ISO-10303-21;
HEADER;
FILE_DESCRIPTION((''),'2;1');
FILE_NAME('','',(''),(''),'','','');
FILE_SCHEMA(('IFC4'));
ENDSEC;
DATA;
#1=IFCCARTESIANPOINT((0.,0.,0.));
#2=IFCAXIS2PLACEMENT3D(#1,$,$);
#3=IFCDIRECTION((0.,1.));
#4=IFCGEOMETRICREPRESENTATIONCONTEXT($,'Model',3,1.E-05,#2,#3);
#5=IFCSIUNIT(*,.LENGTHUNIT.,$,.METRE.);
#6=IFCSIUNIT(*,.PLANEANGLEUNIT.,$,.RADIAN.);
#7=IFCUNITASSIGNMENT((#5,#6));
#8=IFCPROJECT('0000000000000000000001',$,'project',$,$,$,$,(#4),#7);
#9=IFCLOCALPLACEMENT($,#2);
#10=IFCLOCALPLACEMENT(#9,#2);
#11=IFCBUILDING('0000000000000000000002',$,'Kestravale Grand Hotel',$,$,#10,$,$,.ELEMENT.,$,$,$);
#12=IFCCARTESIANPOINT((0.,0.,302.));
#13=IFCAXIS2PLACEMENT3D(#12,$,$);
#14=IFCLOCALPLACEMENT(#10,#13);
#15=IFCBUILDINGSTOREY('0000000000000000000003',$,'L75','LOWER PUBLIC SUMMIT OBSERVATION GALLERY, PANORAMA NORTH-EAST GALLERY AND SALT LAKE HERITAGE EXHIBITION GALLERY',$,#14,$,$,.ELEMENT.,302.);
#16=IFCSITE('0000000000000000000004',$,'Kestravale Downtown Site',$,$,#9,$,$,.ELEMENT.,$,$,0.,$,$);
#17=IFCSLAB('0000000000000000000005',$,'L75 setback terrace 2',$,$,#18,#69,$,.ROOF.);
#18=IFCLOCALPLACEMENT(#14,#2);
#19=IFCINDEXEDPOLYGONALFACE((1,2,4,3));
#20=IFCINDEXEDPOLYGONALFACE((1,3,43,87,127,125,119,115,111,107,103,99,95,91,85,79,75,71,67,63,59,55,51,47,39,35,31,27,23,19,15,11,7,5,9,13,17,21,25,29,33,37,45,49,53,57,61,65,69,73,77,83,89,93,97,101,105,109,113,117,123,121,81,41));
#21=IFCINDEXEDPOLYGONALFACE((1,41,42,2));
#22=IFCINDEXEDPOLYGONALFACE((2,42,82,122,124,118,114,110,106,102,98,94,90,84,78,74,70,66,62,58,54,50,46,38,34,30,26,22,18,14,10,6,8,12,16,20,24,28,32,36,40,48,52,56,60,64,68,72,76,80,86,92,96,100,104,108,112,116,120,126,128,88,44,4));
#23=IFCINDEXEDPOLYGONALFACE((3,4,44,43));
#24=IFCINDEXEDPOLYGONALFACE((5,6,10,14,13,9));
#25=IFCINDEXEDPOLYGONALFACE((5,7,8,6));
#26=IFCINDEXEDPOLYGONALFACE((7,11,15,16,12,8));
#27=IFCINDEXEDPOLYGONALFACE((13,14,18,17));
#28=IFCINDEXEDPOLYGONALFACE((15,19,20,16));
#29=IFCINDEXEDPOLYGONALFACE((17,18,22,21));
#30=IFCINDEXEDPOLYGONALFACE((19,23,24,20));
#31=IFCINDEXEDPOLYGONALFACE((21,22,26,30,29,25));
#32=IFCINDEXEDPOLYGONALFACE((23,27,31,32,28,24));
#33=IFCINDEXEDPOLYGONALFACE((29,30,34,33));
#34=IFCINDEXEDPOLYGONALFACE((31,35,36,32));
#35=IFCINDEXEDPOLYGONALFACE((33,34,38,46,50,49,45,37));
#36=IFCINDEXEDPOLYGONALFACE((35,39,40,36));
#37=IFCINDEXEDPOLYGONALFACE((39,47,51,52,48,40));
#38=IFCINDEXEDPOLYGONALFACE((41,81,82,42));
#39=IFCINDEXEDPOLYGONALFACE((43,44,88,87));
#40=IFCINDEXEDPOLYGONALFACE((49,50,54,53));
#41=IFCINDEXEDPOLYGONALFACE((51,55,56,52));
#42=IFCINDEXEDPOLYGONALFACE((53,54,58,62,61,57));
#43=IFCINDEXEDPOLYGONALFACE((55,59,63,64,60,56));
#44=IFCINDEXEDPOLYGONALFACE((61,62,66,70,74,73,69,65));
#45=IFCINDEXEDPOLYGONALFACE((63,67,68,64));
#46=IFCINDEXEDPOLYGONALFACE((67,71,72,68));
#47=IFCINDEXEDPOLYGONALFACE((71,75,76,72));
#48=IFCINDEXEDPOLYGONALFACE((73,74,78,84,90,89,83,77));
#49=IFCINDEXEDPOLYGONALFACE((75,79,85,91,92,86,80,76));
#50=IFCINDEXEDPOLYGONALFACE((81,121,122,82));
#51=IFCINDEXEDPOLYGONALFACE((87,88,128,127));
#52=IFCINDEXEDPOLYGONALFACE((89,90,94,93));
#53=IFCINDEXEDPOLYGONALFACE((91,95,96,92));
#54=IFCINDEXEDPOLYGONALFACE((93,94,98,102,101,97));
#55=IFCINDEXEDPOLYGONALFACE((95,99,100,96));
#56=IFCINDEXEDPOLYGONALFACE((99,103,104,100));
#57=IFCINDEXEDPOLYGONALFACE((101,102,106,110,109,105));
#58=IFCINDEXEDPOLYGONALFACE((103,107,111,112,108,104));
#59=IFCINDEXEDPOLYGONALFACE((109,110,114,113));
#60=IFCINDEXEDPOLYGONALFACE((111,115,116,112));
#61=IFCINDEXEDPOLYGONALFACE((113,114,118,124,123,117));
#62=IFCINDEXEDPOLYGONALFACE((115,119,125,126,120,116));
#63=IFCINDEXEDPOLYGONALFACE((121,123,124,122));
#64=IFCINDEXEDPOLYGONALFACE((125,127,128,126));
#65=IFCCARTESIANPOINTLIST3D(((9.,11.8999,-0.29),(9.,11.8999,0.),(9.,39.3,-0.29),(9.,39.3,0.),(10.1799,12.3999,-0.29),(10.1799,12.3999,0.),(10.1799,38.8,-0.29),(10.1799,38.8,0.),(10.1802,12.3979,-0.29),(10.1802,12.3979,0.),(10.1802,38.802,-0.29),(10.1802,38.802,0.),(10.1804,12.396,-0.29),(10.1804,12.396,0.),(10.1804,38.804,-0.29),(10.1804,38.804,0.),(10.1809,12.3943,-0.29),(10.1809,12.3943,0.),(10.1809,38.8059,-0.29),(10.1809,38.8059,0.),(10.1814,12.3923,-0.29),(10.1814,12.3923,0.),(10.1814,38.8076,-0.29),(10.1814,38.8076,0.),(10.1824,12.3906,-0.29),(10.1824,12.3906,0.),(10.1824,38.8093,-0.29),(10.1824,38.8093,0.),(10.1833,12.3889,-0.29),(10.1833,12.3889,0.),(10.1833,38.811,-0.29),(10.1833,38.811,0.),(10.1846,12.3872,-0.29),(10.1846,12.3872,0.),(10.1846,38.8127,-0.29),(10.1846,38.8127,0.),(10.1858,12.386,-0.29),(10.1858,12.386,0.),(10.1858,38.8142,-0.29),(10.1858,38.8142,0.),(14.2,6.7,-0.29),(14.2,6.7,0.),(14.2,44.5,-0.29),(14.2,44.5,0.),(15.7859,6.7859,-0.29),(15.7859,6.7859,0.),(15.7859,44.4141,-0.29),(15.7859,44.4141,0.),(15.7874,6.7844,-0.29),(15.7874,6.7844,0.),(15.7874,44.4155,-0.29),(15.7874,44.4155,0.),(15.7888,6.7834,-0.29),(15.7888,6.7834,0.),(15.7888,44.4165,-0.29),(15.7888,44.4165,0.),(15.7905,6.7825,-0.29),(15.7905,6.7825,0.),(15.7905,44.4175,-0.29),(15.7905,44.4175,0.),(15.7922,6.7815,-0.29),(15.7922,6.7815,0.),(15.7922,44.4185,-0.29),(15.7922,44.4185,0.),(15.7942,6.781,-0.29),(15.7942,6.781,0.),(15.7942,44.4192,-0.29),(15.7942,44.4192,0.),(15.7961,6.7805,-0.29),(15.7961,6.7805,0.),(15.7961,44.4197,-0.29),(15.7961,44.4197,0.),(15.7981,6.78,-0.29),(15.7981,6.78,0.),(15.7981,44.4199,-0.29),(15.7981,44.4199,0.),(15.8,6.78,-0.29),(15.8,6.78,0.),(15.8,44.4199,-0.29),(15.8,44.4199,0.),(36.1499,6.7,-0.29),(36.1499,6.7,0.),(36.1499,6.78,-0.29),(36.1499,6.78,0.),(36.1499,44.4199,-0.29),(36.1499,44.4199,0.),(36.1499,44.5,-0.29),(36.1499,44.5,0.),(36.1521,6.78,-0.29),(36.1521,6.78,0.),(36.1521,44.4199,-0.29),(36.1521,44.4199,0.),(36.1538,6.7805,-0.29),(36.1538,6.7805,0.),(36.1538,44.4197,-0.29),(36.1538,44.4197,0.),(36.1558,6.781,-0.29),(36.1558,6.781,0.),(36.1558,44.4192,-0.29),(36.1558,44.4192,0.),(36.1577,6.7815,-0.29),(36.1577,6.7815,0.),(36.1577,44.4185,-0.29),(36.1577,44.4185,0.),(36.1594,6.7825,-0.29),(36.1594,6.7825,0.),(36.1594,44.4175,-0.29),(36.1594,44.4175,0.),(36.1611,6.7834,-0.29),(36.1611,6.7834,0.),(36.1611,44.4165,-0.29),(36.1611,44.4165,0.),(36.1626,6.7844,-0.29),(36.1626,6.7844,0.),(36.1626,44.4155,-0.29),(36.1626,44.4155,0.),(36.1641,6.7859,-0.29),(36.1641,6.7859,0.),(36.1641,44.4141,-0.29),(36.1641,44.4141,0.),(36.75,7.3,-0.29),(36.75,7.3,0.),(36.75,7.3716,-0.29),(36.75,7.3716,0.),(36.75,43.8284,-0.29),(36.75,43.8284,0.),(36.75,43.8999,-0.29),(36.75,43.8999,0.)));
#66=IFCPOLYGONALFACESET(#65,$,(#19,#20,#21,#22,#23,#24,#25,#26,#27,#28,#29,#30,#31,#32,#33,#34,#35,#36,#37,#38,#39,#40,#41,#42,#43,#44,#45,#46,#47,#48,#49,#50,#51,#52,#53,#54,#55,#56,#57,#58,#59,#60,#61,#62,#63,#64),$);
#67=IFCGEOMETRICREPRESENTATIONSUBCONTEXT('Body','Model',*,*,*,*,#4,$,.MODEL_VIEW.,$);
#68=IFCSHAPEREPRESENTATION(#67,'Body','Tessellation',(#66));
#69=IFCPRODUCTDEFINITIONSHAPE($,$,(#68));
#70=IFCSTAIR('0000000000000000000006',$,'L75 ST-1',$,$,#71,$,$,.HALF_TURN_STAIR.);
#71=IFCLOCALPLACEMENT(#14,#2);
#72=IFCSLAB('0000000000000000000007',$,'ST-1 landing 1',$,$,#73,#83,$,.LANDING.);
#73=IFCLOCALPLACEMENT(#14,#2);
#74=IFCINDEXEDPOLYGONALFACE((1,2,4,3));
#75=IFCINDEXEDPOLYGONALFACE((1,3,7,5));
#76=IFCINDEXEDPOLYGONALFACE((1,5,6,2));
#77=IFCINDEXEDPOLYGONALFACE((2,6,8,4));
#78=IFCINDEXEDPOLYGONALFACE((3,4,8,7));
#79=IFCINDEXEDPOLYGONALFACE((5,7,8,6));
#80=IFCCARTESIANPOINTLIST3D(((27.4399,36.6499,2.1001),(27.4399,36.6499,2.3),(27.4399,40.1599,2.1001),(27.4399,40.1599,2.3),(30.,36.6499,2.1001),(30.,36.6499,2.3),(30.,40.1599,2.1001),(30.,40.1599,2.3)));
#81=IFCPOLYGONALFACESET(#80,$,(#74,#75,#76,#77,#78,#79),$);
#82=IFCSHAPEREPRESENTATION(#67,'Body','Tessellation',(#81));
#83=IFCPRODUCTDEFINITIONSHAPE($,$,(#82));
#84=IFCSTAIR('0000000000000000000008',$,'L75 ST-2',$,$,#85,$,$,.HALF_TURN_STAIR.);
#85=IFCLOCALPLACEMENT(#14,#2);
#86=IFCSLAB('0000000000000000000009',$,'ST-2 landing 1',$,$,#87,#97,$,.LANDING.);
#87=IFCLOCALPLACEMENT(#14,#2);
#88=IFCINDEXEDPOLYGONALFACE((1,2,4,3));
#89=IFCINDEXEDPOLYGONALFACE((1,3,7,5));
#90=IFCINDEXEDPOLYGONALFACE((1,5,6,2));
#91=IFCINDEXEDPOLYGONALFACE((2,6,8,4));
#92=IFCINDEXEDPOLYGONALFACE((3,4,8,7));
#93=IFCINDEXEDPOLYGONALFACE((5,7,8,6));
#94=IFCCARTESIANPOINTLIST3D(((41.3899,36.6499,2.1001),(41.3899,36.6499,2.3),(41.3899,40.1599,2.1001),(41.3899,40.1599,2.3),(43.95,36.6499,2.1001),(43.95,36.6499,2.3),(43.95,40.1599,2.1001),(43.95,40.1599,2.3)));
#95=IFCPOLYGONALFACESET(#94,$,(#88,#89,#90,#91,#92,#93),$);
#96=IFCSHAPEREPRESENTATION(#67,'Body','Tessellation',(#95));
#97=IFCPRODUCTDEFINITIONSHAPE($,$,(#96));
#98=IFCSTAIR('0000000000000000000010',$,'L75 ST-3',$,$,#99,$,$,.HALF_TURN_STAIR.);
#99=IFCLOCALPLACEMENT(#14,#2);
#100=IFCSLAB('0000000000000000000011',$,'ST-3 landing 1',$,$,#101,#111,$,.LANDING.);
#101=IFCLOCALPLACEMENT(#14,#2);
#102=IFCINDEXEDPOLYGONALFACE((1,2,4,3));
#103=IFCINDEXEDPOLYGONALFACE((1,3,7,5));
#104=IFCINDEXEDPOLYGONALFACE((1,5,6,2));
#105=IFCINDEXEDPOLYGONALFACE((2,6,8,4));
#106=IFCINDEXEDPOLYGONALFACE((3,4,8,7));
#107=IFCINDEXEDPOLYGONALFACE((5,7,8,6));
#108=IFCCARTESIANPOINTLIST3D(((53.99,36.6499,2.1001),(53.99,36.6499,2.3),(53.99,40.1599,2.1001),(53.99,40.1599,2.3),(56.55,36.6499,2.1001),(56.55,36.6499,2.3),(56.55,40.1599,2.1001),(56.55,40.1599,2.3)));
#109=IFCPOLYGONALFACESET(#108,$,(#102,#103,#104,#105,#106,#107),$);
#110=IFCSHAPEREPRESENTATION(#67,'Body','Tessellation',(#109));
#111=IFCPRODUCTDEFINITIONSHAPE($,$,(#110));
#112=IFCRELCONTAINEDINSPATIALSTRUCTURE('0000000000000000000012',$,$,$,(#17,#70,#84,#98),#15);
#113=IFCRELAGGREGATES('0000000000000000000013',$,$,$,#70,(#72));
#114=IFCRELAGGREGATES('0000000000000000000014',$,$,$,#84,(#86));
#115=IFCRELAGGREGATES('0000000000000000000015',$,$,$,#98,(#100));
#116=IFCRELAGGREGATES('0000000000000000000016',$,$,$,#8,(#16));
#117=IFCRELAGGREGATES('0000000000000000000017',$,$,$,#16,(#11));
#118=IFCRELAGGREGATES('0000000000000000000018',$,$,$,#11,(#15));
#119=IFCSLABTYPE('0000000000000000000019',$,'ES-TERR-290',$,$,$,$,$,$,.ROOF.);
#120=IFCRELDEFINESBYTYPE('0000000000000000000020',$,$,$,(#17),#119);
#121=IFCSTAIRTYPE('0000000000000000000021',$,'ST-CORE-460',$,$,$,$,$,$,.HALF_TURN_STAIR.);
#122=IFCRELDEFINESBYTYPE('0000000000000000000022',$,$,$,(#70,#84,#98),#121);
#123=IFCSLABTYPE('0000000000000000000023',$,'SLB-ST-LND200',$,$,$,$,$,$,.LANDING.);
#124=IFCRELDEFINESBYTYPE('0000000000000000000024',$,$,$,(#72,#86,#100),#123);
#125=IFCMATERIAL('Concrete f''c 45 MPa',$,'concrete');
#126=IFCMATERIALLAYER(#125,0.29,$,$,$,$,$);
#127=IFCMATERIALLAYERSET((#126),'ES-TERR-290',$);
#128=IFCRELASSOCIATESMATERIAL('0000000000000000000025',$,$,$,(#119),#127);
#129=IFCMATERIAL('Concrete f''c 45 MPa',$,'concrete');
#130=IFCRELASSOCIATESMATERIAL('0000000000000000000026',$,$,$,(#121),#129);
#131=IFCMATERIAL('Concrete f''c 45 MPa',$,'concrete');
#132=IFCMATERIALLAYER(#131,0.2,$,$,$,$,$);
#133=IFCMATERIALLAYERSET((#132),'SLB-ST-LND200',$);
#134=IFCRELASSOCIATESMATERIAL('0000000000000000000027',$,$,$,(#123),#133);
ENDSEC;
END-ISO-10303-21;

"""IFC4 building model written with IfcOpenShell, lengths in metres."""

from ifc_helpers import new_model, si_unit, direction, frame, origin, place, context, subcontext, project, spatial, polyline, outline, extrude, material, layer, layer_set, type_object, element, aggregate, save


model = new_model("IFC4")

# Units and contexts
model_context = context("Model", 3, precision=1e-05, world=origin(), true_north=direction((0.0, 1.0)))
body_context = subcontext(model_context, "Body", "Model", "MODEL_VIEW")
ifc_project = project(units=[si_unit("LENGTHUNIT", "METRE"), si_unit("PLANEANGLEUNIT", "RADIAN")], contexts=[model_context])

# Site, building, storey
site_placement = place(None, origin())
site = spatial("IfcSite", under=ifc_project, at=site_placement, Name="Kestravale Downtown Site", CompositionType="ELEMENT", RefElevation=0.0)
building_placement = place(site_placement, origin())
building = spatial("IfcBuilding", under=site, at=building_placement, Name="Kestravale Grand Hotel", CompositionType="ELEMENT")
storey_placement = place(building_placement, frame((0.0, 0.0, 302.0)))
storey = spatial("IfcBuildingStorey", under=building, at=storey_placement, Name="L75", Description="LOWER PUBLIC SUMMIT OBSERVATION GALLERY, PANORAMA NORTH-EAST GALLERY AND SALT LAKE HERITAGE EXHIBITION GALLERY", CompositionType="ELEMENT", Elevation=302.0)

# Slab
ifc_material_1 = material(Name="Concrete f'c 45 MPa", Category="concrete")
ifc_layer_1 = layer(ifc_material_1, 0.29)
ifc_layer_set_1 = layer_set([ifc_layer_1], Name="ES-TERR-290")
slab_type_1 = type_object("IfcSlabType", Name="ES-TERR-290", PredefinedType="ROOF", material=ifc_layer_set_1)
slab_1_placement = place(storey_placement, frame((0.0, 0.0, -0.29)))
element("IfcSlab", 1, at=slab_1_placement, inside=storey, type_object=slab_type_1, Name="L75 setback terrace 2", PredefinedType="ROOF", context=body_context, shape_type="SweptSolid", body=[
    extrude(outline(polyline([(36.75, 7.3), (36.1499, 6.7), (14.2, 6.7), (9.0, 11.8999), (9.0, 39.3), (14.2, 44.5), (36.1499, 44.5), (36.75, 43.8999), (36.75, 43.8284), (36.1641, 44.4141), (36.1626, 44.4155), (36.1611, 44.4165), (36.1594, 44.4175), (36.1577, 44.4185), (36.1558, 44.4192), (36.1538, 44.4197), (36.1521, 44.4199), (36.1499, 44.4199), (15.8, 44.4199), (15.7981, 44.4199), (15.7961, 44.4197), (15.7942, 44.4192), (15.7922, 44.4185), (15.7905, 44.4175), (15.7888, 44.4165), (15.7874, 44.4155), (15.7859, 44.4141), (10.1858, 38.8142), (10.1846, 38.8127), (10.1833, 38.811), (10.1824, 38.8093), (10.1814, 38.8076), (10.1809, 38.8059), (10.1804, 38.804), (10.1802, 38.802), (10.1799, 38.8), (10.1799, 12.3999), (10.1802, 12.3979), (10.1804, 12.396), (10.1809, 12.3943), (10.1814, 12.3923), (10.1824, 12.3906), (10.1833, 12.3889), (10.1846, 12.3872), (10.1858, 12.386), (15.7859, 6.7859), (15.7874, 6.7844), (15.7888, 6.7834), (15.7905, 6.7825), (15.7922, 6.7815), (15.7942, 6.781), (15.7961, 6.7805), (15.7981, 6.78), (15.8, 6.78), (36.1499, 6.78), (36.1521, 6.78), (36.1538, 6.7805), (36.1558, 6.781), (36.1577, 6.7815), (36.1594, 6.7825), (36.1611, 6.7834), (36.1626, 6.7844), (36.1641, 6.7859), (36.75, 7.3716), (36.75, 7.3)])), origin(), (0.0, 0.0, 1.0), 0.29),
])

# Stairs, slabs
ifc_material_2 = material(Name="Concrete f'c 45 MPa", Category="concrete")
stair_type = type_object("IfcStairType", Name="ST-CORE-460", PredefinedType="HALF_TURN_STAIR", material=ifc_material_2)
stair_1_placement = place(storey_placement, origin())
stair_1 = element("IfcStair", 2, at=stair_1_placement, inside=storey, type_object=stair_type, Name="L75 ST-1", PredefinedType="HALF_TURN_STAIR")
ifc_material_3 = material(Name="Concrete f'c 45 MPa", Category="concrete")
ifc_layer_2 = layer(ifc_material_3, 0.2)
ifc_layer_set_2 = layer_set([ifc_layer_2], Name="SLB-ST-LND200")
slab_type_2 = type_object("IfcSlabType", Name="SLB-ST-LND200", PredefinedType="LANDING", material=ifc_layer_set_2)
slab_2_placement = place(storey_placement, frame((0.0, 0.0, 2.1001)))
slab_2 = element("IfcSlab", 3, at=slab_2_placement, type_object=slab_type_2, Name="ST-1 landing 1", PredefinedType="LANDING", context=body_context, shape_type="SweptSolid", body=[
    extrude(outline(polyline([(27.4399, 36.6499), (30.0, 36.6499), (30.0, 40.1599), (27.4399, 40.1599), (27.4399, 36.6499)])), origin(), (0.0, 0.0, 1.0), 0.2),
])
aggregate(stair_1, [slab_2])
stair_2_placement = place(storey_placement, origin())
stair_2 = element("IfcStair", 4, at=stair_2_placement, inside=storey, type_object=stair_type, Name="L75 ST-2", PredefinedType="HALF_TURN_STAIR")
slab_3_placement = place(storey_placement, frame((0.0, 0.0, 2.1001)))
slab_3 = element("IfcSlab", 5, at=slab_3_placement, type_object=slab_type_2, Name="ST-2 landing 1", PredefinedType="LANDING", context=body_context, shape_type="SweptSolid", body=[
    extrude(outline(polyline([(41.3899, 36.6499), (43.95, 36.6499), (43.95, 40.1599), (41.3899, 40.1599), (41.3899, 36.6499)])), origin(), (0.0, 0.0, 1.0), 0.2),
])
aggregate(stair_2, [slab_3])
stair_3_placement = place(storey_placement, origin())
stair_3 = element("IfcStair", 6, at=stair_3_placement, inside=storey, type_object=stair_type, Name="L75 ST-3", PredefinedType="HALF_TURN_STAIR")
slab_4_placement = place(storey_placement, frame((0.0, 0.0, 2.1001)))
slab_4 = element("IfcSlab", 7, at=slab_4_placement, type_object=slab_type_2, Name="ST-3 landing 1", PredefinedType="LANDING", context=body_context, shape_type="SweptSolid", body=[
    extrude(outline(polyline([(53.99, 36.6499), (56.55, 36.6499), (56.55, 40.1599), (53.99, 40.1599), (53.99, 36.6499)])), origin(), (0.0, 0.0, 1.0), 0.2),
])
aggregate(stair_3, [slab_4])

save(model, "model.ifc")
